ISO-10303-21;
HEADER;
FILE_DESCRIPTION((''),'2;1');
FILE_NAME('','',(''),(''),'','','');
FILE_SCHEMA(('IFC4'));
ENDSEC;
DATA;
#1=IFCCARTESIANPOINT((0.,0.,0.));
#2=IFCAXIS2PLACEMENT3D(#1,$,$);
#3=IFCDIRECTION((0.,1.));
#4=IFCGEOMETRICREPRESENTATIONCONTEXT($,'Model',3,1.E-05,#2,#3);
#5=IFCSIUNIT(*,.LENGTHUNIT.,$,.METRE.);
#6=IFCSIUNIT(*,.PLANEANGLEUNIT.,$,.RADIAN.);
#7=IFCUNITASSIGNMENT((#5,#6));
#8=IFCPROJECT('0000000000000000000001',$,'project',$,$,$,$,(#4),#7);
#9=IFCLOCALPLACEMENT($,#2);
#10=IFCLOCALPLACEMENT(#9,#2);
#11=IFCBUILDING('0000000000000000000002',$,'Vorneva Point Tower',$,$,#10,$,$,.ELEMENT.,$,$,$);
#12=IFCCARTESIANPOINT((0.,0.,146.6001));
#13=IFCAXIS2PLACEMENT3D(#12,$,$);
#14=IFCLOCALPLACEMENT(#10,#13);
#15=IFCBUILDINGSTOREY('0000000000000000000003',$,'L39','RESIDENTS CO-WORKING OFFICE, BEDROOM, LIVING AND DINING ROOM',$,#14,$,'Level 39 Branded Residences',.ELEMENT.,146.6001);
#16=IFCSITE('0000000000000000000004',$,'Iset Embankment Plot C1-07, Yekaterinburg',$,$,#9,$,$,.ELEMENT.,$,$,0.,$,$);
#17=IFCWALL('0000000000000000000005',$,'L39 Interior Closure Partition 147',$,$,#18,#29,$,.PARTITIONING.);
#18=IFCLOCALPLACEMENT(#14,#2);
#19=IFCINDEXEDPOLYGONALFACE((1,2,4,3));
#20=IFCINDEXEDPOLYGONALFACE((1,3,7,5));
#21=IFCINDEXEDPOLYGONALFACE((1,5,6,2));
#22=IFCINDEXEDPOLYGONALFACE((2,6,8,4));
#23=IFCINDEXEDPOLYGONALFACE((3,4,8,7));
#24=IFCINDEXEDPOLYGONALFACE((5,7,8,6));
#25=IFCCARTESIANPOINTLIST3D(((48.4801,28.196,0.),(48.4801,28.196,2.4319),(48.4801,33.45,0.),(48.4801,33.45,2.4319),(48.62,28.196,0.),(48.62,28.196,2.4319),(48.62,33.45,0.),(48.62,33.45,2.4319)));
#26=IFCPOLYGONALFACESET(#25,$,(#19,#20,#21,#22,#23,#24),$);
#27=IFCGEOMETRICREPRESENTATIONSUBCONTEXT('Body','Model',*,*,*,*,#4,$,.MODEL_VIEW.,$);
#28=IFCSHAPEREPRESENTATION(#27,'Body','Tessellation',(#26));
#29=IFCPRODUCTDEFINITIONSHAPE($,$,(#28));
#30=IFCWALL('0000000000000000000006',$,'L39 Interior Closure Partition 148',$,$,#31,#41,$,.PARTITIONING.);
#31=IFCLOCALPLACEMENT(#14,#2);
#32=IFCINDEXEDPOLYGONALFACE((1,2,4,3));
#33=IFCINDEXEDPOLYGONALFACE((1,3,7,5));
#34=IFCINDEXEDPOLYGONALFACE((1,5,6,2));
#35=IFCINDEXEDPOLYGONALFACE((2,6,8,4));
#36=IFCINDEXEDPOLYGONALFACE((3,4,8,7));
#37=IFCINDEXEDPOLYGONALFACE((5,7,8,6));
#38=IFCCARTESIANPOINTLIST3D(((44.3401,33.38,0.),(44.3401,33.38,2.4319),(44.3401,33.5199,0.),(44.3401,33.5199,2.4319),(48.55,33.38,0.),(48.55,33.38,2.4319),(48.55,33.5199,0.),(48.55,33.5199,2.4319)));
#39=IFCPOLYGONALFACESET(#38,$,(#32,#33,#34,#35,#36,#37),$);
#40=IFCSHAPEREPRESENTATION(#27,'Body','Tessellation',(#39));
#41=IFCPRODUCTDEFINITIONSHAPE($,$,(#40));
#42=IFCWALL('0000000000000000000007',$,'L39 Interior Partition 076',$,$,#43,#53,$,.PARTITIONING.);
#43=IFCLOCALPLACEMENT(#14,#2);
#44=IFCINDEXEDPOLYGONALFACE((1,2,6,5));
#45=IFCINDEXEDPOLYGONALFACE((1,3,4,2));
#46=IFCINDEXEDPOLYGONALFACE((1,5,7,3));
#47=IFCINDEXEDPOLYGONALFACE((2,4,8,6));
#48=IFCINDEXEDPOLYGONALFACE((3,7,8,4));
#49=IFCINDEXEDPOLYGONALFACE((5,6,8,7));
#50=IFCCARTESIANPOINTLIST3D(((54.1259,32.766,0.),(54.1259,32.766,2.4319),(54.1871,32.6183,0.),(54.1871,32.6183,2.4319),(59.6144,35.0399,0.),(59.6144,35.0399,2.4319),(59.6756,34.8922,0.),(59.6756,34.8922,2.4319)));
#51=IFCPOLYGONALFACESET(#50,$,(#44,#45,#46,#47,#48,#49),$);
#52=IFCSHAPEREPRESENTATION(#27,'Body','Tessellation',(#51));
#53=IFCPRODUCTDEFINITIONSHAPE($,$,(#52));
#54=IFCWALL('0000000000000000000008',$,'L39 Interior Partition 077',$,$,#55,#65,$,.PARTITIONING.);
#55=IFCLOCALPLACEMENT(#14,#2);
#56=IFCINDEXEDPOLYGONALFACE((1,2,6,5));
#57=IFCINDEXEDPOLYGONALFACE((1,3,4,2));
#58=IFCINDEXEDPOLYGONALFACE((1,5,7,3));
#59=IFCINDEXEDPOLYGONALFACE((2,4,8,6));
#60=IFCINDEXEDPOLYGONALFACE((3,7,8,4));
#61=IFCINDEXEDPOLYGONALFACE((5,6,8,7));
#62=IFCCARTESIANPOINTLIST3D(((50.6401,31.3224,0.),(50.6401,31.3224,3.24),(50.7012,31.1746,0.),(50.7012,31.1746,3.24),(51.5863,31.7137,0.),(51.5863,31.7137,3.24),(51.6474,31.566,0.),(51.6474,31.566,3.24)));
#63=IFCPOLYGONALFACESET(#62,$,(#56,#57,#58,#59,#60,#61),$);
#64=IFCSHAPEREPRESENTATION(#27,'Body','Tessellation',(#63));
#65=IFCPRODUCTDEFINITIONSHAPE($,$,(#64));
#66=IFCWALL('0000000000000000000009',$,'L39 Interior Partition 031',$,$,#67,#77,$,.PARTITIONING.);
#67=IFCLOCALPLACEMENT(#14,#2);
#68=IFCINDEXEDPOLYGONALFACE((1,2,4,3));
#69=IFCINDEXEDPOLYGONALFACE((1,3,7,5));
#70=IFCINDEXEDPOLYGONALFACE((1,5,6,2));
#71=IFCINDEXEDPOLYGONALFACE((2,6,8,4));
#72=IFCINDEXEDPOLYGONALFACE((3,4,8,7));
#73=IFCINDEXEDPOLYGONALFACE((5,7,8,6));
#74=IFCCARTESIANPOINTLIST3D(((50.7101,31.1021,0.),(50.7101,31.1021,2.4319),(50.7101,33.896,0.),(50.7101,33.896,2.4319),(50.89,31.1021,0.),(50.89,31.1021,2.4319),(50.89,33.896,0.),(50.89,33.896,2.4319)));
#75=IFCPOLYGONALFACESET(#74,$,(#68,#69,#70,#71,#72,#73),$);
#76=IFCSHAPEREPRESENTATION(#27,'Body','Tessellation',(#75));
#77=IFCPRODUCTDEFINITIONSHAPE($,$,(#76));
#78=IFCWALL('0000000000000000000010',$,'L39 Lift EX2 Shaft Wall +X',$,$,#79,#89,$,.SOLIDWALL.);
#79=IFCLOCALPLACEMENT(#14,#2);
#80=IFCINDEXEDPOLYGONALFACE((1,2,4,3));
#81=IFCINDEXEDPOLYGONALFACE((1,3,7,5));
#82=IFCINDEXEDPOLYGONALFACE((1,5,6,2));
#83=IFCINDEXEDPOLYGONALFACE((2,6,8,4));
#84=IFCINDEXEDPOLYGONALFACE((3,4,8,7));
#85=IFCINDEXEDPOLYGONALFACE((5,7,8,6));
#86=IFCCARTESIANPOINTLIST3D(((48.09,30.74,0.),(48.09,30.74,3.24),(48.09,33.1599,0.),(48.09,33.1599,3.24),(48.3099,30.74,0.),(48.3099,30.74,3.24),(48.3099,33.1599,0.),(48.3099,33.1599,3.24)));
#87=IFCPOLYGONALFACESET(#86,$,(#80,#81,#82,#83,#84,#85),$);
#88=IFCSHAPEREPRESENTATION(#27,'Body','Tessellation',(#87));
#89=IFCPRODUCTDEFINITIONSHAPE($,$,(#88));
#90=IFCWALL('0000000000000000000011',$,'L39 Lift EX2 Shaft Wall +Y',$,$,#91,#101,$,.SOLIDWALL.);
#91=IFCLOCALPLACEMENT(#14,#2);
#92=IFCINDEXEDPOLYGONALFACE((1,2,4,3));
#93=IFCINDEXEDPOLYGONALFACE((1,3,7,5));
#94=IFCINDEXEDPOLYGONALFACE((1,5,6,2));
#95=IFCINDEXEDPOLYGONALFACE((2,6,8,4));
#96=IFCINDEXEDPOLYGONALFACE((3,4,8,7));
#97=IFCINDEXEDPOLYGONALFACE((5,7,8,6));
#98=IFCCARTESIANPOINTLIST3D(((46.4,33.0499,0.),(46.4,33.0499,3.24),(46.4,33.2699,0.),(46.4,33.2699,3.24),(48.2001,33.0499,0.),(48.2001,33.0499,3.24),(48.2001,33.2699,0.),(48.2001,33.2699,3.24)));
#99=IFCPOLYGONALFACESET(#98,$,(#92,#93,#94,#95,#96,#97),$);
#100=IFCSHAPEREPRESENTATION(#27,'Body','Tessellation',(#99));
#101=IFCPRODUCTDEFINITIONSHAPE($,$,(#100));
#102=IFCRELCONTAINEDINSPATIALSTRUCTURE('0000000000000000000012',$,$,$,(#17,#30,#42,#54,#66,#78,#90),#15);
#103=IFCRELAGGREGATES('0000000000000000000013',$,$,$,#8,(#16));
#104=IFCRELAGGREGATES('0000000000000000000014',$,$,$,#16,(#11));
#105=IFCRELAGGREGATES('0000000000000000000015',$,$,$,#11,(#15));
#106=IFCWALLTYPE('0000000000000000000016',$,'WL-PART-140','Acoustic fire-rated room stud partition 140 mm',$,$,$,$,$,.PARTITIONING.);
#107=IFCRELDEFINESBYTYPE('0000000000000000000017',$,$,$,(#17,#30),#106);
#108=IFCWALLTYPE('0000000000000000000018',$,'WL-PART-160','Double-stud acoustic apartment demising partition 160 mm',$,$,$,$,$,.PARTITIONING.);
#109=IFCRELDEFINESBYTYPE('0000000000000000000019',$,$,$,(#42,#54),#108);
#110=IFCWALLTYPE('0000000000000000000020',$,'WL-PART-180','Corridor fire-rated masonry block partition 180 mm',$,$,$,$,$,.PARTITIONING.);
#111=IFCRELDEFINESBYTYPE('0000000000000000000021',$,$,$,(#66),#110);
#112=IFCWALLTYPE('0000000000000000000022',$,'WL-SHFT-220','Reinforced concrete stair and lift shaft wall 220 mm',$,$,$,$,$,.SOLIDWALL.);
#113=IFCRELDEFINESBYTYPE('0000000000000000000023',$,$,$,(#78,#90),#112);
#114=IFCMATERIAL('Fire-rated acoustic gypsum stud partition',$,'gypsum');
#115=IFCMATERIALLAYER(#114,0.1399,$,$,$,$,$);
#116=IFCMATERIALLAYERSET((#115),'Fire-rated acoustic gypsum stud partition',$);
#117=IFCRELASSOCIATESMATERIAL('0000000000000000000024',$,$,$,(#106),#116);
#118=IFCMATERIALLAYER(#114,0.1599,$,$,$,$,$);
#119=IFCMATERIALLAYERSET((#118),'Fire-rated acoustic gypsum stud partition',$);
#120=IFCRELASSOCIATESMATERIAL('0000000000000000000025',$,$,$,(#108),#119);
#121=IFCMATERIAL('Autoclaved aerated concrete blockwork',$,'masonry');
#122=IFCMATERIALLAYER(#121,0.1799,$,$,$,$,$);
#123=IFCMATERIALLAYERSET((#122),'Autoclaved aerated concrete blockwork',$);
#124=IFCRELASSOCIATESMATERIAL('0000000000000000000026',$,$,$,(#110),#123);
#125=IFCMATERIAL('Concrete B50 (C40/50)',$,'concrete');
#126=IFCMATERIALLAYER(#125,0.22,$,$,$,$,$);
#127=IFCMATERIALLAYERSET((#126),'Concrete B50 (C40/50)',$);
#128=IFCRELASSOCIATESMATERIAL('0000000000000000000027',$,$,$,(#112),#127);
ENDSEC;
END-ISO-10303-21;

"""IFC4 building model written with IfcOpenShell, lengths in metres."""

from ifc_helpers import new_model, si_unit, direction, frame, frame_2d, origin, place, context, subcontext, project, spatial, rectangle, extrude, material, layer, layer_set, type_object, element, save


model = new_model("IFC4")

# Units and contexts
model_context = context("Model", 3, precision=1e-05, world=origin(), true_north=direction((0.0, 1.0)))
body_context = subcontext(model_context, "Body", "Model", "MODEL_VIEW")
ifc_project = project(units=[si_unit("LENGTHUNIT", "METRE"), si_unit("PLANEANGLEUNIT", "RADIAN")], contexts=[model_context])

# Site, building, storey
site_placement = place(None, origin())
site = spatial("IfcSite", under=ifc_project, at=site_placement, Name="Iset Embankment Plot C1-07, Yekaterinburg", CompositionType="ELEMENT", RefElevation=0.0)
building_placement = place(site_placement, origin())
building = spatial("IfcBuilding", under=site, at=building_placement, Name="Vorneva Point Tower", CompositionType="ELEMENT")
storey_placement = place(building_placement, frame((0.0, 0.0, 146.6001)))
storey = spatial("IfcBuildingStorey", under=building, at=storey_placement, Name="L39", Description="RESIDENTS CO-WORKING OFFICE, BEDROOM, LIVING AND DINING ROOM", LongName="Level 39 Branded Residences", CompositionType="ELEMENT", Elevation=146.6001)

# Shared definitions
ifc_material_1 = material(Name="Fire-rated acoustic gypsum stud partition", Category="gypsum")

# Walls
ifc_layer_1 = layer(ifc_material_1, 0.1399)
ifc_layer_set_1 = layer_set([ifc_layer_1], Name="Fire-rated acoustic gypsum stud partition")
wall_type_1 = type_object("IfcWallType", Name="WL-PART-140", Description="Acoustic fire-rated room stud partition 140 mm", PredefinedType="PARTITIONING", material=ifc_layer_set_1)
wall_1_placement = place(storey_placement, frame((48.55, 28.196, 0.0), z_axis=(0.0, 0.0, 1.0), x_axis=(0.0, 1.0, 0.0)))
element("IfcWall", 1, at=wall_1_placement, inside=storey, type_object=wall_type_1, Name="L39 Interior Closure Partition 147", PredefinedType="PARTITIONING", context=body_context, shape_type="SweptSolid", body=[
    extrude(rectangle(XDim=5.2539, YDim=0.1399, at=frame_2d((2.627, 0.0))), origin(), (0.0, 0.0, 1.0), 2.4319),
])
wall_2_placement = place(storey_placement, frame((48.55, 33.45, 0.0), z_axis=(0.0, 0.0, 1.0), x_axis=(-1.0, 0.0, 0.0)))
element("IfcWall", 2, at=wall_2_placement, inside=storey, type_object=wall_type_1, Name="L39 Interior Closure Partition 148", PredefinedType="PARTITIONING", context=body_context, shape_type="SweptSolid", body=[
    extrude(rectangle(XDim=4.21, YDim=0.1399, at=frame_2d((2.105, 0.0))), origin(), (0.0, 0.0, 1.0), 2.4319),
])
ifc_layer_2 = layer(ifc_material_1, 0.1599)
ifc_layer_set_2 = layer_set([ifc_layer_2], Name="Fire-rated acoustic gypsum stud partition")
wall_type_2 = type_object("IfcWallType", Name="WL-PART-160", Description="Double-stud acoustic apartment demising partition 160 mm", PredefinedType="PARTITIONING", material=ifc_layer_set_2)
wall_3_placement = place(storey_placement, frame((54.1565, 32.6921, 0.0), z_axis=(0.0, 0.0, 1.0), x_axis=(0.92385, 0.382756, 0.0)))
element("IfcWall", 3, at=wall_3_placement, inside=storey, type_object=wall_type_2, Name="L39 Interior Partition 076", PredefinedType="PARTITIONING", context=body_context, shape_type="SweptSolid", body=[
    extrude(rectangle(XDim=5.9409, YDim=0.1599, at=frame_2d((2.9705, 0.0))), origin(), (0.0, 0.0, 1.0), 2.4319),
])
wall_4_placement = place(storey_placement, frame((50.6707, 31.2485, 0.0), z_axis=(0.0, 0.0, 1.0), x_axis=(0.924089, 0.382176, 0.0)))
element("IfcWall", 4, at=wall_4_placement, inside=storey, type_object=wall_type_2, Name="L39 Interior Partition 077", PredefinedType="PARTITIONING", context=body_context, shape_type="SweptSolid", body=[
    extrude(rectangle(XDim=1.0239, YDim=0.1599, at=frame_2d((0.512, 0.0))), origin(), (0.0, 0.0, 1.0), 3.24),
])

# Shared definitions
ifc_material_2 = material(Name="Autoclaved aerated concrete blockwork", Category="masonry")
ifc_layer_3 = layer(ifc_material_2, 0.1799)
ifc_layer_set_3 = layer_set([ifc_layer_3], Name="Autoclaved aerated concrete blockwork")
wall_type_3 = type_object("IfcWallType", Name="WL-PART-180", Description="Corridor fire-rated masonry block partition 180 mm", PredefinedType="PARTITIONING", material=ifc_layer_set_3)

# Walls
wall_5_placement = place(storey_placement, frame((50.8, 31.1021, 0.0), z_axis=(0.0, 0.0, 1.0), x_axis=(0.0, 1.0, 0.0)))
element("IfcWall", 5, at=wall_5_placement, inside=storey, type_object=wall_type_3, Name="L39 Interior Partition 031", PredefinedType="PARTITIONING", context=body_context, shape_type="SweptSolid", body=[
    extrude(rectangle(XDim=2.7939, YDim=0.1799, at=frame_2d((1.397, 0.0))), origin(), (0.0, 0.0, 1.0), 2.4319),
])
ifc_material_3 = material(Name="Concrete B50 (C40/50)", Category="concrete")
ifc_layer_4 = layer(ifc_material_3, 0.22)
ifc_layer_set_4 = layer_set([ifc_layer_4], Name="Concrete B50 (C40/50)")
wall_type_4 = type_object("IfcWallType", Name="WL-SHFT-220", Description="Reinforced concrete stair and lift shaft wall 220 mm", PredefinedType="SOLIDWALL", material=ifc_layer_set_4)
wall_6_placement = place(storey_placement, frame((48.2, 30.74, 0.0), z_axis=(0.0, 0.0, 1.0), x_axis=(0.0, 1.0, 0.0)))
element("IfcWall", 6, at=wall_6_placement, inside=storey, type_object=wall_type_4, Name="L39 Lift EX2 Shaft Wall +X", PredefinedType="SOLIDWALL", context=body_context, shape_type="SweptSolid", body=[
    extrude(rectangle(XDim=2.4199, YDim=0.22, at=frame_2d((1.21, 0.0))), origin(), (0.0, 0.0, 1.0), 3.24),
])
wall_7_placement = place(storey_placement, frame((48.2, 33.1599, 0.0), z_axis=(0.0, 0.0, 1.0), x_axis=(-1.0, 0.0, 0.0)))
element("IfcWall", 7, at=wall_7_placement, inside=storey, type_object=wall_type_4, Name="L39 Lift EX2 Shaft Wall +Y", PredefinedType="SOLIDWALL", context=body_context, shape_type="SweptSolid", body=[
    extrude(rectangle(XDim=1.8, YDim=0.22, at=frame_2d((0.8999, 0.0))), origin(), (0.0, 0.0, 1.0), 3.24),
])

save(model, "model.ifc")
